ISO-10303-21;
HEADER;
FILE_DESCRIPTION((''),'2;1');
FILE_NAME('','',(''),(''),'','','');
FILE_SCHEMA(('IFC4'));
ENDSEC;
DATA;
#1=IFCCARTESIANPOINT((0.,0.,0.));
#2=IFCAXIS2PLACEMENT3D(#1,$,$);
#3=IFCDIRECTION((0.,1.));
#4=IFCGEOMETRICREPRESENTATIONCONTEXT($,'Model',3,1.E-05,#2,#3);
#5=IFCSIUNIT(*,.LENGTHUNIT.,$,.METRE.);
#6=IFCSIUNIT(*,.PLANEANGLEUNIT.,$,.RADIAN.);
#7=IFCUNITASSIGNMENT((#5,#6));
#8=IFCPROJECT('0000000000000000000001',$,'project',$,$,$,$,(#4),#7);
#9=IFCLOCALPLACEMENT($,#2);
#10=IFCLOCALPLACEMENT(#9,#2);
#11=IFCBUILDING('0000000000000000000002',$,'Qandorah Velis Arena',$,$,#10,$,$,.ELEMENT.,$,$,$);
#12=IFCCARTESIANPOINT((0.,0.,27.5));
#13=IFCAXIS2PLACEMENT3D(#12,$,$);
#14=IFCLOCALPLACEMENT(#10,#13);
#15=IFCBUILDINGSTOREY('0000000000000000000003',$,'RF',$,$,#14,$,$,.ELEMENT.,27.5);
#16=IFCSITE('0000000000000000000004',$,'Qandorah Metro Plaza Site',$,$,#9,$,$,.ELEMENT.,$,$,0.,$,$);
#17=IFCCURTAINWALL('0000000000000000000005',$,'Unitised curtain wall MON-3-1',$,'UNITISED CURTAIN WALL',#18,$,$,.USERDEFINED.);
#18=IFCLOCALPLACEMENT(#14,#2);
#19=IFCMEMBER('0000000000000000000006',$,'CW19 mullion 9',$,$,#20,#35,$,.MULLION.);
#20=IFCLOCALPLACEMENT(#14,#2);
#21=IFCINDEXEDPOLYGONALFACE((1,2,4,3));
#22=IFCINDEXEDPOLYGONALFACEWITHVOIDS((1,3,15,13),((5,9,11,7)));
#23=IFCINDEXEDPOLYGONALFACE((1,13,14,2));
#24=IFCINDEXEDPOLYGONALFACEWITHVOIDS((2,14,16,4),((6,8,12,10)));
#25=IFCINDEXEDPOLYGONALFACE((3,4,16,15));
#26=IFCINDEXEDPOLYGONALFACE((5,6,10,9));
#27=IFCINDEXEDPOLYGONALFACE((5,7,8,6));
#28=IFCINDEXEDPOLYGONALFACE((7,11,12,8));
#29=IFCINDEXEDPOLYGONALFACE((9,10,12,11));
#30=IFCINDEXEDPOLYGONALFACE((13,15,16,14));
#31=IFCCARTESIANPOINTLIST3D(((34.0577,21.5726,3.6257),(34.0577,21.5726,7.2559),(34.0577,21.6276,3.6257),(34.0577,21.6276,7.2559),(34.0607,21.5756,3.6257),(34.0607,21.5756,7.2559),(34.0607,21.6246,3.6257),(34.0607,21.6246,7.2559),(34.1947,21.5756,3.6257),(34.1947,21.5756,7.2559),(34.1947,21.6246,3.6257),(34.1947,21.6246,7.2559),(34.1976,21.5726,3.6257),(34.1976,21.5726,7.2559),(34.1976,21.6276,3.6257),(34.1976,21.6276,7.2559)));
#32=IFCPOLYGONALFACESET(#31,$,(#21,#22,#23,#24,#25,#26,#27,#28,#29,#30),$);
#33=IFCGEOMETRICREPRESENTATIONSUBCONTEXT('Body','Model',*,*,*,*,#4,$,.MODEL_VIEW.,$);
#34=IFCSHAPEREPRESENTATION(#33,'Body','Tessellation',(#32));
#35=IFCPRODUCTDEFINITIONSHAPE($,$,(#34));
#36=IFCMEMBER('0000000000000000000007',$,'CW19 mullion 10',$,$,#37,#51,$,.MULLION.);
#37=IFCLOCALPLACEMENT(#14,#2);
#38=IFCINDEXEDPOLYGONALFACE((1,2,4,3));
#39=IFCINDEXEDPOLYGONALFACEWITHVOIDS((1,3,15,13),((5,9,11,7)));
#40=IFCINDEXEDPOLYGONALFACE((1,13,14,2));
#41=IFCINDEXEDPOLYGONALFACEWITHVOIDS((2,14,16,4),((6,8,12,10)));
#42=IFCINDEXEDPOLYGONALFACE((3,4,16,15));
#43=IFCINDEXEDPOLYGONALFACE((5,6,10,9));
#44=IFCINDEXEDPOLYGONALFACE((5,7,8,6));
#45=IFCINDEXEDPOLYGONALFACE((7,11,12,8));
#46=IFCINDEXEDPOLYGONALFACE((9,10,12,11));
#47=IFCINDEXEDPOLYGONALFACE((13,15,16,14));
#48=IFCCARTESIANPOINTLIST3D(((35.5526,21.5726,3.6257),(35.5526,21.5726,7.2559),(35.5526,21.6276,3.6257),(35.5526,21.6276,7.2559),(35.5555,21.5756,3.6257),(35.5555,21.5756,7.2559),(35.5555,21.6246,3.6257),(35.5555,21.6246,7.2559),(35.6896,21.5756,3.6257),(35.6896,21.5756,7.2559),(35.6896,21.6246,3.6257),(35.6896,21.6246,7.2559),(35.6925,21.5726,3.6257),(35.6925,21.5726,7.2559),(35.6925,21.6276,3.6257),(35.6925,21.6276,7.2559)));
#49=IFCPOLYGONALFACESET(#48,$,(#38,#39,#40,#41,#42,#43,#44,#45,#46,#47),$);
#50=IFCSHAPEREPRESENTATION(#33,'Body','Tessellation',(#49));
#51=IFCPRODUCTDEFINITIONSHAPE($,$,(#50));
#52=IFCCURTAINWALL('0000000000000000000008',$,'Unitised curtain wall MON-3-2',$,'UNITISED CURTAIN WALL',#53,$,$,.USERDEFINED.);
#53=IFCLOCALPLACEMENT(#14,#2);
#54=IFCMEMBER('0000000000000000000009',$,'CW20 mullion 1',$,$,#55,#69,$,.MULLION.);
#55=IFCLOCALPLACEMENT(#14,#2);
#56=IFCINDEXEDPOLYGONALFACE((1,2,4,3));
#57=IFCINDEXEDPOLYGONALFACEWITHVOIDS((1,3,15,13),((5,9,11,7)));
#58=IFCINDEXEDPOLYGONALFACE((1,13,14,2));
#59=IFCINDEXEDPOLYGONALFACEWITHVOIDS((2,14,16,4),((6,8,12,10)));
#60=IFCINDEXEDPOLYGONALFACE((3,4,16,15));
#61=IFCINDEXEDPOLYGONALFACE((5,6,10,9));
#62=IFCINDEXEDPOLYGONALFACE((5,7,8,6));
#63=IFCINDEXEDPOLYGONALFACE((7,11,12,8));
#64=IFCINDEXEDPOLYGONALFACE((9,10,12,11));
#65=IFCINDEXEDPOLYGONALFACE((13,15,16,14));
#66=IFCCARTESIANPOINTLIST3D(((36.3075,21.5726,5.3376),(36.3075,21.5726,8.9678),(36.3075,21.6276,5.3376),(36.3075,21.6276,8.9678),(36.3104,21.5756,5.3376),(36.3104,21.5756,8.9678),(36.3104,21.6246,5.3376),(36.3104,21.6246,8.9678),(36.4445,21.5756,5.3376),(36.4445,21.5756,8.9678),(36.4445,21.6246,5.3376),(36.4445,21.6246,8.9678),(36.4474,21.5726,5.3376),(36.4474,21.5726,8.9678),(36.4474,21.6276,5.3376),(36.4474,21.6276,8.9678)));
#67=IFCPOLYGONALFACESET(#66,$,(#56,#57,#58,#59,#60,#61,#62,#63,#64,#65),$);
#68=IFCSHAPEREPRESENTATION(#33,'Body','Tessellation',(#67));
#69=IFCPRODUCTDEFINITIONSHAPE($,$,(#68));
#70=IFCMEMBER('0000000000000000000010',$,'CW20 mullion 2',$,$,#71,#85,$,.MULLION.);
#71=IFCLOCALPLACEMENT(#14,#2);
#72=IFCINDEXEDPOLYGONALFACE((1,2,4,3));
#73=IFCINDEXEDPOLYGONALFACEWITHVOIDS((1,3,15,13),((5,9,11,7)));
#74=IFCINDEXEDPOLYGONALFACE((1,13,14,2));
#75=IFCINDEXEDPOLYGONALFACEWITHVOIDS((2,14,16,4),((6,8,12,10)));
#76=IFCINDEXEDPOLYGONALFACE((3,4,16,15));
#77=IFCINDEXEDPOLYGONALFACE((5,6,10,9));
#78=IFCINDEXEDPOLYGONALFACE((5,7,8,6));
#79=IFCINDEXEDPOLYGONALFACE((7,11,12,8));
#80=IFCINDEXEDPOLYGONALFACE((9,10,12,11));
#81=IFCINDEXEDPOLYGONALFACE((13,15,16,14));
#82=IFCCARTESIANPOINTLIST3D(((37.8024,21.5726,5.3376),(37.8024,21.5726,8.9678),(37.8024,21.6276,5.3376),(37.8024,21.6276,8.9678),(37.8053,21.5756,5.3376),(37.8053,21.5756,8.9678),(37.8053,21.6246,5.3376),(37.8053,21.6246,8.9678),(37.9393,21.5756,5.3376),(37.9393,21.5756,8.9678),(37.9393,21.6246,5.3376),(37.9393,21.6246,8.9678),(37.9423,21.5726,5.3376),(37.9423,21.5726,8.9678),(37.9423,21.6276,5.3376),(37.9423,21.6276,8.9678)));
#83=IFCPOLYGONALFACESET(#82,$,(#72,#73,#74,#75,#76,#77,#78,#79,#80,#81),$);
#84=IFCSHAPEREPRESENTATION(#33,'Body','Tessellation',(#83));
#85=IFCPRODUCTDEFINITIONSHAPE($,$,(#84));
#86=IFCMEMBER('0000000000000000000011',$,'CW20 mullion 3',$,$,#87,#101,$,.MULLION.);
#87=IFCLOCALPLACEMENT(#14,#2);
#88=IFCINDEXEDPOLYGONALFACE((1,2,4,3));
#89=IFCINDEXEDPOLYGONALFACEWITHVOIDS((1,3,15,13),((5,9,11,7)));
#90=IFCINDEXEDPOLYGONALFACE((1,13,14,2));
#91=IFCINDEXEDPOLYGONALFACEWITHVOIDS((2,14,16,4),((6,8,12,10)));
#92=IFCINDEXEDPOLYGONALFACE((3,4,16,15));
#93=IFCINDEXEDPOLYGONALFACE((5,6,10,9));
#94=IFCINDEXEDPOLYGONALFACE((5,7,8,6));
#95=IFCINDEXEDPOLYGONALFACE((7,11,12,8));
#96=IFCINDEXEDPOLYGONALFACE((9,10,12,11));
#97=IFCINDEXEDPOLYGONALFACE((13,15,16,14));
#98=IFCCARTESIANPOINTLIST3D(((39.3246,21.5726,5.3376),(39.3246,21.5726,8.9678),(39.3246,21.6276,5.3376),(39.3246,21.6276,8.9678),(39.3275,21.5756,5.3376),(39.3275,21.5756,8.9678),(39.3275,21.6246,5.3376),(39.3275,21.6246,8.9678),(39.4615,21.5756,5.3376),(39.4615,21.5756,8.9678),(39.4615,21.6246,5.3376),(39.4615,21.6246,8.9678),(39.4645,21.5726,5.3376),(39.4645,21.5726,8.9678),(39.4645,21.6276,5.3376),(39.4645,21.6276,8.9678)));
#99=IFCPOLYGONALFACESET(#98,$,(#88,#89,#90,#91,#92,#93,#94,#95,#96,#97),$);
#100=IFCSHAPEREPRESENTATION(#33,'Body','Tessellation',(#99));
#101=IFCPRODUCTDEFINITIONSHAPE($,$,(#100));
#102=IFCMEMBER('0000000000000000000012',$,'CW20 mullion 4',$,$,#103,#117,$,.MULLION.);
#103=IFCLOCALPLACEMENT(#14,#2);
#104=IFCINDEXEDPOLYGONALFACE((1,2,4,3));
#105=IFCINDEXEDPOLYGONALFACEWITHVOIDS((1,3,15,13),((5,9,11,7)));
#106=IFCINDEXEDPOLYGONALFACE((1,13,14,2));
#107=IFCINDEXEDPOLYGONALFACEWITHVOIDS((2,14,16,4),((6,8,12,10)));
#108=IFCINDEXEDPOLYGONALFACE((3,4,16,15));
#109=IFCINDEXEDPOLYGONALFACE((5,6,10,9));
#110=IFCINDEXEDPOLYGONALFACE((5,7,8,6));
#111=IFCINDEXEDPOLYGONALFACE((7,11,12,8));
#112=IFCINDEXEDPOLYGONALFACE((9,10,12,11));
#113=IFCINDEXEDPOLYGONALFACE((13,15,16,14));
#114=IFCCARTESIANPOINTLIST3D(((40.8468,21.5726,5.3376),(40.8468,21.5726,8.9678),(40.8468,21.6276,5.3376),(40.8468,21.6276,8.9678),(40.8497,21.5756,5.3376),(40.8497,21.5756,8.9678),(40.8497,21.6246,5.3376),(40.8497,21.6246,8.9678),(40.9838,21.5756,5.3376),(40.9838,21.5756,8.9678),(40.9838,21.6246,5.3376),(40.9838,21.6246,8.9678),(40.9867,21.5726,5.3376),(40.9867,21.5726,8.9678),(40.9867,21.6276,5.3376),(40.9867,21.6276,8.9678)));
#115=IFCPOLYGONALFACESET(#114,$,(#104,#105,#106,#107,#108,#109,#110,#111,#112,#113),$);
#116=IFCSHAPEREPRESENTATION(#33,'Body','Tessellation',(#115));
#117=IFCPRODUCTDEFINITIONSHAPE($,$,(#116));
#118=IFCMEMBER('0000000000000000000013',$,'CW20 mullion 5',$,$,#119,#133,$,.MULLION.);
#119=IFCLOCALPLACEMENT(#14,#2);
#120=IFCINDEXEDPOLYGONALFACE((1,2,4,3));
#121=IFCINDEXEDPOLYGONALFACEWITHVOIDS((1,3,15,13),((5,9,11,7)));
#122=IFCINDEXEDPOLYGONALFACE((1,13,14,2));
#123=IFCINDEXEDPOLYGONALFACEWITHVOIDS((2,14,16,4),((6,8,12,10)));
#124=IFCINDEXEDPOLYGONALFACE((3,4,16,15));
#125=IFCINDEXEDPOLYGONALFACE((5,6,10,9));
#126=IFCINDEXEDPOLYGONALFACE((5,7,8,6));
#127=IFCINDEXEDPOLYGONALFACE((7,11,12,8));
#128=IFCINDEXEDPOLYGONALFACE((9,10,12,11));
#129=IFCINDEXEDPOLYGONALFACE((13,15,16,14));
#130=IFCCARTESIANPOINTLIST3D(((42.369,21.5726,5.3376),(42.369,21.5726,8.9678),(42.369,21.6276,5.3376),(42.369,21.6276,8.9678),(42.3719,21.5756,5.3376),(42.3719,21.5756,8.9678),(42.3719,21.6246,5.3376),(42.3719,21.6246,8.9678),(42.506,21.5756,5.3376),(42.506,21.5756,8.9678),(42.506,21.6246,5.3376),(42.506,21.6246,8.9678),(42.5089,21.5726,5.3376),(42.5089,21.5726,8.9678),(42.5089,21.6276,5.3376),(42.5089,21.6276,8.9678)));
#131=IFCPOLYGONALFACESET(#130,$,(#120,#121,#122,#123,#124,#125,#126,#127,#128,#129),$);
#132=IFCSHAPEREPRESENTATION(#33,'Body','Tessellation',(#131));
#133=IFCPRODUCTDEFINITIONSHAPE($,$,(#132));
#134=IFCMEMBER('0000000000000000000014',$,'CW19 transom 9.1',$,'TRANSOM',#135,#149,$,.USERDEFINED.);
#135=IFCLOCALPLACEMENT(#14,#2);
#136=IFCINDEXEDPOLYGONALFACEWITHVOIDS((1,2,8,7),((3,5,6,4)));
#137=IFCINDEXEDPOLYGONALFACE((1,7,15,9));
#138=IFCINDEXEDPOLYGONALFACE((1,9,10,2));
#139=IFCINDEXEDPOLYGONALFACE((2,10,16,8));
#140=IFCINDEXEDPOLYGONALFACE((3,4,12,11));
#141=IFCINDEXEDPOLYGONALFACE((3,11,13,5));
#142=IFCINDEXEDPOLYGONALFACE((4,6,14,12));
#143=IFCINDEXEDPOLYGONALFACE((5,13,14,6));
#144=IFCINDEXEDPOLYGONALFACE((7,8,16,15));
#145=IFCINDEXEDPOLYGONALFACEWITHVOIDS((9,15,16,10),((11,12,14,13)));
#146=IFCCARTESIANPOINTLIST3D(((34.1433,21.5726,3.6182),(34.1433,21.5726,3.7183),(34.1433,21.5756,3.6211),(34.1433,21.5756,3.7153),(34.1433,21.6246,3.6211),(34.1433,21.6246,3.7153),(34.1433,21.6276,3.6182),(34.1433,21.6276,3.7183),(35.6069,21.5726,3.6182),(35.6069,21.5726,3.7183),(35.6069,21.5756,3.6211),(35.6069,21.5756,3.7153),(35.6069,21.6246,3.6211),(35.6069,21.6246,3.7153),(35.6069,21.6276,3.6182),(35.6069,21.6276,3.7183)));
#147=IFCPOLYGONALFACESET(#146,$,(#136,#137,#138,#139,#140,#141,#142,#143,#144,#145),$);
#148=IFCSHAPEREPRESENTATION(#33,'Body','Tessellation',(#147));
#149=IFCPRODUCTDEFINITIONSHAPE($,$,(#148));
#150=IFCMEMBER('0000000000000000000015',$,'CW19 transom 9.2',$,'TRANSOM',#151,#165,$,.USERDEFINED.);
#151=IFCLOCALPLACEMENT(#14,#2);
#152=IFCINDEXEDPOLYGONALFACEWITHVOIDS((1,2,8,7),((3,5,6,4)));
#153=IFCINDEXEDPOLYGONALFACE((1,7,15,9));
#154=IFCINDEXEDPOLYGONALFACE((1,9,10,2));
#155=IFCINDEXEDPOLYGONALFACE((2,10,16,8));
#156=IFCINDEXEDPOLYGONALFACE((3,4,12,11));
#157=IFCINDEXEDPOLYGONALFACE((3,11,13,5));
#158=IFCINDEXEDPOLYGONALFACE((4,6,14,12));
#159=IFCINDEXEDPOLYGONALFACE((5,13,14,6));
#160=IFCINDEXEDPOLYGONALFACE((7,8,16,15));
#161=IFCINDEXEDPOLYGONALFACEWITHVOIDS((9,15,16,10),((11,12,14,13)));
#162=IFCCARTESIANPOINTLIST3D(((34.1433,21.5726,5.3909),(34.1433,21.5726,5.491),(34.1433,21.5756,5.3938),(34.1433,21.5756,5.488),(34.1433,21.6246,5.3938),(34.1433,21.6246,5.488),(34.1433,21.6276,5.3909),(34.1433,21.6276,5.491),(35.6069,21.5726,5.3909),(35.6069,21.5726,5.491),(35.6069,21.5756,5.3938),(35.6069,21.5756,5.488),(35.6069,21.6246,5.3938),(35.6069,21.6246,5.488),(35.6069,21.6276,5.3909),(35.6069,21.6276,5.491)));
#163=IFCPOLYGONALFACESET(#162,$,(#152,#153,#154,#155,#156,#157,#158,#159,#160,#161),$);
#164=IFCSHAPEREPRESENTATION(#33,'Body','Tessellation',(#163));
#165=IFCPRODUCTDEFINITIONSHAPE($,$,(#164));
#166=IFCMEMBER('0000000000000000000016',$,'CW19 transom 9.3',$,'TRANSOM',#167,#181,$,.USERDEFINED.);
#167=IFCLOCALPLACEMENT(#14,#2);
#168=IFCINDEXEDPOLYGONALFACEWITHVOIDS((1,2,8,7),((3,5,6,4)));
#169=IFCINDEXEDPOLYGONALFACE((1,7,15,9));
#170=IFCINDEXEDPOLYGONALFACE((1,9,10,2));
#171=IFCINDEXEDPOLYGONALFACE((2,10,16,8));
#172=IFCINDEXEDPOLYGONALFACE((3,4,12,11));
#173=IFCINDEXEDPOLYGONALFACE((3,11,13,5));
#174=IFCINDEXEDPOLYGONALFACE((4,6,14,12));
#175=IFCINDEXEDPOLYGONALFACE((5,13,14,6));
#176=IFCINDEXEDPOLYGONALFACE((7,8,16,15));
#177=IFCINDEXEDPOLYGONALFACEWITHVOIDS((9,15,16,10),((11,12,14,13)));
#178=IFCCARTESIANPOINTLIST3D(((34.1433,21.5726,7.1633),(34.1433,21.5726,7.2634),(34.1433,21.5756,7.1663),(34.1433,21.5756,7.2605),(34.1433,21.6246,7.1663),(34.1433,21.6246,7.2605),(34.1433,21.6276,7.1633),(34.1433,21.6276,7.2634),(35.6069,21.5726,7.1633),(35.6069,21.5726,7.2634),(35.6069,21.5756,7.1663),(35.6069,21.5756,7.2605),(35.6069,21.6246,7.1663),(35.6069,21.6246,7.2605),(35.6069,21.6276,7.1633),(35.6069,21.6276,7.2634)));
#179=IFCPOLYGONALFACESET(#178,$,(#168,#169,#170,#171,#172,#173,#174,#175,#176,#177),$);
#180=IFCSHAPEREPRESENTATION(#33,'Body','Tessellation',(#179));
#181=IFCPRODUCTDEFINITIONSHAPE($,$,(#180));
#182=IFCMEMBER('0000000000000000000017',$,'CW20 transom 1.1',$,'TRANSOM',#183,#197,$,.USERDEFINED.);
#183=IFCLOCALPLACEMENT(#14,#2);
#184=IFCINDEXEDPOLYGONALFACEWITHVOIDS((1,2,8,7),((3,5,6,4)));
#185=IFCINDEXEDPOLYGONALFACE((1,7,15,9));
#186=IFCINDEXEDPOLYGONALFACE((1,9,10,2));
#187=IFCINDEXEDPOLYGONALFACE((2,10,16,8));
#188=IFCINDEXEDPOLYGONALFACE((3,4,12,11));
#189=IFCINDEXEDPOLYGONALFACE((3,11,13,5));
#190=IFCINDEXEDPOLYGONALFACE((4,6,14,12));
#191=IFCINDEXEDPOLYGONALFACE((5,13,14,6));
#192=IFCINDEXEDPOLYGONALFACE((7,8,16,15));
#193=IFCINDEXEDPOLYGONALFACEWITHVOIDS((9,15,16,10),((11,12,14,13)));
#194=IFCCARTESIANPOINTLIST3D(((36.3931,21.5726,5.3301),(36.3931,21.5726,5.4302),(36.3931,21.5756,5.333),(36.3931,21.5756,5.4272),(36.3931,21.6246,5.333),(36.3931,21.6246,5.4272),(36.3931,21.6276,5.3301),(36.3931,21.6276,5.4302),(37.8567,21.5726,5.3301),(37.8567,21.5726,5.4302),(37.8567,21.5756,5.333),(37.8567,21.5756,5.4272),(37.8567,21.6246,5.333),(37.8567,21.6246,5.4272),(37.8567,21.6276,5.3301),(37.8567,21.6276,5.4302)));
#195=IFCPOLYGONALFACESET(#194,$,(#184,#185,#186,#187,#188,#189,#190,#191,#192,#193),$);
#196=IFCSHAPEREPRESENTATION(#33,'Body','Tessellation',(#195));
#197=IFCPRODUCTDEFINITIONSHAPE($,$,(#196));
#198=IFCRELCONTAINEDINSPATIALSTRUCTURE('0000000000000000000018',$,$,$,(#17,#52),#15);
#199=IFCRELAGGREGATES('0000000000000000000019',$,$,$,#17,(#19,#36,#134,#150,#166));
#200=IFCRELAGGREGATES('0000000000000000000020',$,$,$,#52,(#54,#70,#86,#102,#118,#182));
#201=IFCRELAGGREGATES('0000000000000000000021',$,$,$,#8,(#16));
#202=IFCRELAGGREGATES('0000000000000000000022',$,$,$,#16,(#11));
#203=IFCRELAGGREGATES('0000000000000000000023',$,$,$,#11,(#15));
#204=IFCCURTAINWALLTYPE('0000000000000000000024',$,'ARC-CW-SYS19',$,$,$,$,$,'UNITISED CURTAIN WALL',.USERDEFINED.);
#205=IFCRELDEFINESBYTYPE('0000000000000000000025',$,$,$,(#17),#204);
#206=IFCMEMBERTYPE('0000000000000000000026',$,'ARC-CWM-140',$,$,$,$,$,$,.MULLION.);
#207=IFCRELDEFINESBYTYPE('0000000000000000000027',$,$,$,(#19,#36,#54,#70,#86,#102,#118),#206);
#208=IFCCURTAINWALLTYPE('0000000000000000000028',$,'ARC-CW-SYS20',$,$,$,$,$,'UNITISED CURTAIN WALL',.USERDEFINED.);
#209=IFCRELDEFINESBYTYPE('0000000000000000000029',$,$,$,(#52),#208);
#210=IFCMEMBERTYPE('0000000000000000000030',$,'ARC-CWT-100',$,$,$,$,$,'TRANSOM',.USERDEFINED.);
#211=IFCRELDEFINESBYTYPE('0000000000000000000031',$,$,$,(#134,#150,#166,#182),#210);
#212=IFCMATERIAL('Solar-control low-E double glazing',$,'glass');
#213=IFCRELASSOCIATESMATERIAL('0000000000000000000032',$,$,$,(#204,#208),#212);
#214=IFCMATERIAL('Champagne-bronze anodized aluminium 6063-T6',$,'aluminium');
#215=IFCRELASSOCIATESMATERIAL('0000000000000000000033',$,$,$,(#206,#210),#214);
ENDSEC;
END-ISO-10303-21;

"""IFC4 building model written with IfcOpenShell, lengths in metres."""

from ifc_helpers import new_model, si_unit, direction, frame, origin, origin_2d, place, context, subcontext, project, spatial, hollow_rectangle, extrude, material, material_profile, profile_set, type_object, element, aggregate, save


model = new_model("IFC4")

# Units and contexts
model_context = context("Model", 3, precision=1e-05, world=origin(), true_north=direction((0.0, 1.0)))
body_context = subcontext(model_context, "Body", "Model", "MODEL_VIEW")
ifc_project = project(units=[si_unit("LENGTHUNIT", "METRE"), si_unit("PLANEANGLEUNIT", "RADIAN")], contexts=[model_context])

# Site, building, storey
site_placement = place(None, origin())
site = spatial("IfcSite", under=ifc_project, at=site_placement, Name="Qandorah Metro Plaza Site", CompositionType="ELEMENT", RefElevation=0.0)
building_placement = place(site_placement, origin())
building = spatial("IfcBuilding", under=site, at=building_placement, Name="Qandorah Velis Arena", CompositionType="ELEMENT")
storey_placement = place(building_placement, frame((0.0, 0.0, 27.5)))
storey = spatial("IfcBuildingStorey", under=building, at=storey_placement, Name="RF", CompositionType="ELEMENT", Elevation=27.5)

# Curtain walls, members
ifc_material_1 = material(Name="Solar-control low-E double glazing", Category="glass")
curtain_wall_type_1 = type_object("IfcCurtainWallType", Name="ARC-CW-SYS19", ElementType="UNITISED CURTAIN WALL", PredefinedType="USERDEFINED", material=ifc_material_1)
curtain_wall_1_placement = place(storey_placement, origin())
curtain_wall_1 = element("IfcCurtainWall", 1, at=curtain_wall_1_placement, inside=storey, type_object=curtain_wall_type_1, Name="Unitised curtain wall MON-3-1", ObjectType="UNITISED CURTAIN WALL", PredefinedType="USERDEFINED")
ifc_material_2 = material(Name="Champagne-bronze anodized aluminium 6063-T6", Category="aluminium")
ifc_material_profile_1 = material_profile(ifc_material_2, hollow_rectangle(XDim=0.0549, YDim=0.1399, WallThickness=0.0029, at=origin_2d()), Name="ALU MULLION 55x140")
ifc_profile_set_1 = profile_set([ifc_material_profile_1], Name="Champagne-bronze anodized aluminium 6063-T6")
member_type_1 = type_object("IfcMemberType", Name="ARC-CWM-140", PredefinedType="MULLION", material=ifc_profile_set_1)
member_1_placement = place(storey_placement, frame((34.1277, 21.6001, 3.6257), z_axis=(0.0, 0.0, 1.0), x_axis=(0.0, 1.0, 0.0)))
member_1 = element("IfcMember", 2, at=member_1_placement, type_object=member_type_1, Name="CW19 mullion 9", PredefinedType="MULLION", context=body_context, shape_type="SweptSolid", body=[
    extrude(hollow_rectangle(XDim=0.0549, YDim=0.1399, WallThickness=0.0029, at=origin_2d()), origin(), (0.0, 0.0, 1.0), 3.6301),
])
member_2_placement = place(storey_placement, frame((35.6226, 21.6001, 3.6257), z_axis=(0.0, 0.0, 1.0), x_axis=(0.0, 1.0, 0.0)))
member_2 = element("IfcMember", 3, at=member_2_placement, type_object=member_type_1, Name="CW19 mullion 10", PredefinedType="MULLION", context=body_context, shape_type="SweptSolid", body=[
    extrude(hollow_rectangle(XDim=0.0549, YDim=0.1399, WallThickness=0.0029, at=origin_2d()), origin(), (0.0, 0.0, 1.0), 3.6301),
])
curtain_wall_type_2 = type_object("IfcCurtainWallType", Name="ARC-CW-SYS20", ElementType="UNITISED CURTAIN WALL", PredefinedType="USERDEFINED", material=ifc_material_1)
curtain_wall_2_placement = place(storey_placement, origin())
curtain_wall_2 = element("IfcCurtainWall", 4, at=curtain_wall_2_placement, inside=storey, type_object=curtain_wall_type_2, Name="Unitised curtain wall MON-3-2", ObjectType="UNITISED CURTAIN WALL", PredefinedType="USERDEFINED")
member_3_placement = place(storey_placement, frame((36.3774, 21.6001, 5.3376), z_axis=(0.0, 0.0, 1.0), x_axis=(0.0, 1.0, 0.0)))
member_3 = element("IfcMember", 5, at=member_3_placement, type_object=member_type_1, Name="CW20 mullion 1", PredefinedType="MULLION", context=body_context, shape_type="SweptSolid", body=[
    extrude(hollow_rectangle(XDim=0.0549, YDim=0.1399, WallThickness=0.0029, at=origin_2d()), origin(), (0.0, 0.0, 1.0), 3.6301),
])
member_4_placement = place(storey_placement, frame((37.8723, 21.6001, 5.3376), z_axis=(0.0, 0.0, 1.0), x_axis=(0.0, 1.0, 0.0)))
member_4 = element("IfcMember", 6, at=member_4_placement, type_object=member_type_1, Name="CW20 mullion 2", PredefinedType="MULLION", context=body_context, shape_type="SweptSolid", body=[
    extrude(hollow_rectangle(XDim=0.0549, YDim=0.1399, WallThickness=0.0029, at=origin_2d()), origin(), (0.0, 0.0, 1.0), 3.6301),
])
member_5_placement = place(storey_placement, frame((39.3945, 21.6001, 5.3376), z_axis=(0.0, 0.0, 1.0), x_axis=(0.0, 1.0, 0.0)))
member_5 = element("IfcMember", 7, at=member_5_placement, type_object=member_type_1, Name="CW20 mullion 3", PredefinedType="MULLION", context=body_context, shape_type="SweptSolid", body=[
    extrude(hollow_rectangle(XDim=0.0549, YDim=0.1399, WallThickness=0.0029, at=origin_2d()), origin(), (0.0, 0.0, 1.0), 3.6301),
])
member_6_placement = place(storey_placement, frame((40.9167, 21.6001, 5.3376), z_axis=(0.0, 0.0, 1.0), x_axis=(0.0, 1.0, 0.0)))
member_6 = element("IfcMember", 8, at=member_6_placement, type_object=member_type_1, Name="CW20 mullion 4", PredefinedType="MULLION", context=body_context, shape_type="SweptSolid", body=[
    extrude(hollow_rectangle(XDim=0.0549, YDim=0.1399, WallThickness=0.0029, at=origin_2d()), origin(), (0.0, 0.0, 1.0), 3.6301),
])
member_7_placement = place(storey_placement, frame((42.439, 21.6001, 5.3376), z_axis=(0.0, 0.0, 1.0), x_axis=(0.0, 1.0, 0.0)))
member_7 = element("IfcMember", 9, at=member_7_placement, type_object=member_type_1, Name="CW20 mullion 5", PredefinedType="MULLION", context=body_context, shape_type="SweptSolid", body=[
    extrude(hollow_rectangle(XDim=0.0549, YDim=0.1399, WallThickness=0.0029, at=origin_2d()), origin(), (0.0, 0.0, 1.0), 3.6301),
])

# Members
ifc_material_profile_2 = material_profile(ifc_material_2, hollow_rectangle(XDim=0.0549, YDim=0.1001, WallThickness=0.0029, at=origin_2d()), Name="ALU TRANSOM 55x100")
ifc_profile_set_2 = profile_set([ifc_material_profile_2], Name="Champagne-bronze anodized aluminium 6063-T6")
member_type_2 = type_object("IfcMemberType", Name="ARC-CWT-100", ElementType="TRANSOM", PredefinedType="USERDEFINED", material=ifc_profile_set_2)
member_8_placement = place(storey_placement, frame((34.1433, 21.6001, 3.6682), z_axis=(1.0, 0.0, 0.0), x_axis=(0.0, 1.0, 0.0)))
member_8 = element("IfcMember", 10, at=member_8_placement, type_object=member_type_2, Name="CW19 transom 9.1", ObjectType="TRANSOM", PredefinedType="USERDEFINED", context=body_context, shape_type="SweptSolid", body=[
    extrude(hollow_rectangle(XDim=0.0549, YDim=0.1001, WallThickness=0.0029, at=origin_2d()), origin(), (0.0, 0.0, 1.0), 1.4636),
])
member_9_placement = place(storey_placement, frame((34.1433, 21.6001, 5.4409), z_axis=(1.0, 0.0, 0.0), x_axis=(0.0, 1.0, 0.0)))
member_9 = element("IfcMember", 11, at=member_9_placement, type_object=member_type_2, Name="CW19 transom 9.2", ObjectType="TRANSOM", PredefinedType="USERDEFINED", context=body_context, shape_type="SweptSolid", body=[
    extrude(hollow_rectangle(XDim=0.0549, YDim=0.1001, WallThickness=0.0029, at=origin_2d()), origin(), (0.0, 0.0, 1.0), 1.4636),
])
member_10_placement = place(storey_placement, frame((34.1433, 21.6001, 7.2134), z_axis=(1.0, 0.0, 0.0), x_axis=(0.0, 1.0, 0.0)))
member_10 = element("IfcMember", 12, at=member_10_placement, type_object=member_type_2, Name="CW19 transom 9.3", ObjectType="TRANSOM", PredefinedType="USERDEFINED", context=body_context, shape_type="SweptSolid", body=[
    extrude(hollow_rectangle(XDim=0.0549, YDim=0.1001, WallThickness=0.0029, at=origin_2d()), origin(), (0.0, 0.0, 1.0), 1.4636),
])
member_11_placement = place(storey_placement, frame((36.3931, 21.6001, 5.3801), z_axis=(1.0, 0.0, 0.0), x_axis=(0.0, 1.0, 0.0)))
member_11 = element("IfcMember", 13, at=member_11_placement, type_object=member_type_2, Name="CW20 transom 1.1", ObjectType="TRANSOM", PredefinedType="USERDEFINED", context=body_context, shape_type="SweptSolid", body=[
    extrude(hollow_rectangle(XDim=0.0549, YDim=0.1001, WallThickness=0.0029, at=origin_2d()), origin(), (0.0, 0.0, 1.0), 1.4636),
])

aggregate(curtain_wall_1, [member_1, member_2, member_8, member_9, member_10])
aggregate(curtain_wall_2, [member_3, member_4, member_5, member_6, member_7, member_11])

save(model, "model.ifc")
